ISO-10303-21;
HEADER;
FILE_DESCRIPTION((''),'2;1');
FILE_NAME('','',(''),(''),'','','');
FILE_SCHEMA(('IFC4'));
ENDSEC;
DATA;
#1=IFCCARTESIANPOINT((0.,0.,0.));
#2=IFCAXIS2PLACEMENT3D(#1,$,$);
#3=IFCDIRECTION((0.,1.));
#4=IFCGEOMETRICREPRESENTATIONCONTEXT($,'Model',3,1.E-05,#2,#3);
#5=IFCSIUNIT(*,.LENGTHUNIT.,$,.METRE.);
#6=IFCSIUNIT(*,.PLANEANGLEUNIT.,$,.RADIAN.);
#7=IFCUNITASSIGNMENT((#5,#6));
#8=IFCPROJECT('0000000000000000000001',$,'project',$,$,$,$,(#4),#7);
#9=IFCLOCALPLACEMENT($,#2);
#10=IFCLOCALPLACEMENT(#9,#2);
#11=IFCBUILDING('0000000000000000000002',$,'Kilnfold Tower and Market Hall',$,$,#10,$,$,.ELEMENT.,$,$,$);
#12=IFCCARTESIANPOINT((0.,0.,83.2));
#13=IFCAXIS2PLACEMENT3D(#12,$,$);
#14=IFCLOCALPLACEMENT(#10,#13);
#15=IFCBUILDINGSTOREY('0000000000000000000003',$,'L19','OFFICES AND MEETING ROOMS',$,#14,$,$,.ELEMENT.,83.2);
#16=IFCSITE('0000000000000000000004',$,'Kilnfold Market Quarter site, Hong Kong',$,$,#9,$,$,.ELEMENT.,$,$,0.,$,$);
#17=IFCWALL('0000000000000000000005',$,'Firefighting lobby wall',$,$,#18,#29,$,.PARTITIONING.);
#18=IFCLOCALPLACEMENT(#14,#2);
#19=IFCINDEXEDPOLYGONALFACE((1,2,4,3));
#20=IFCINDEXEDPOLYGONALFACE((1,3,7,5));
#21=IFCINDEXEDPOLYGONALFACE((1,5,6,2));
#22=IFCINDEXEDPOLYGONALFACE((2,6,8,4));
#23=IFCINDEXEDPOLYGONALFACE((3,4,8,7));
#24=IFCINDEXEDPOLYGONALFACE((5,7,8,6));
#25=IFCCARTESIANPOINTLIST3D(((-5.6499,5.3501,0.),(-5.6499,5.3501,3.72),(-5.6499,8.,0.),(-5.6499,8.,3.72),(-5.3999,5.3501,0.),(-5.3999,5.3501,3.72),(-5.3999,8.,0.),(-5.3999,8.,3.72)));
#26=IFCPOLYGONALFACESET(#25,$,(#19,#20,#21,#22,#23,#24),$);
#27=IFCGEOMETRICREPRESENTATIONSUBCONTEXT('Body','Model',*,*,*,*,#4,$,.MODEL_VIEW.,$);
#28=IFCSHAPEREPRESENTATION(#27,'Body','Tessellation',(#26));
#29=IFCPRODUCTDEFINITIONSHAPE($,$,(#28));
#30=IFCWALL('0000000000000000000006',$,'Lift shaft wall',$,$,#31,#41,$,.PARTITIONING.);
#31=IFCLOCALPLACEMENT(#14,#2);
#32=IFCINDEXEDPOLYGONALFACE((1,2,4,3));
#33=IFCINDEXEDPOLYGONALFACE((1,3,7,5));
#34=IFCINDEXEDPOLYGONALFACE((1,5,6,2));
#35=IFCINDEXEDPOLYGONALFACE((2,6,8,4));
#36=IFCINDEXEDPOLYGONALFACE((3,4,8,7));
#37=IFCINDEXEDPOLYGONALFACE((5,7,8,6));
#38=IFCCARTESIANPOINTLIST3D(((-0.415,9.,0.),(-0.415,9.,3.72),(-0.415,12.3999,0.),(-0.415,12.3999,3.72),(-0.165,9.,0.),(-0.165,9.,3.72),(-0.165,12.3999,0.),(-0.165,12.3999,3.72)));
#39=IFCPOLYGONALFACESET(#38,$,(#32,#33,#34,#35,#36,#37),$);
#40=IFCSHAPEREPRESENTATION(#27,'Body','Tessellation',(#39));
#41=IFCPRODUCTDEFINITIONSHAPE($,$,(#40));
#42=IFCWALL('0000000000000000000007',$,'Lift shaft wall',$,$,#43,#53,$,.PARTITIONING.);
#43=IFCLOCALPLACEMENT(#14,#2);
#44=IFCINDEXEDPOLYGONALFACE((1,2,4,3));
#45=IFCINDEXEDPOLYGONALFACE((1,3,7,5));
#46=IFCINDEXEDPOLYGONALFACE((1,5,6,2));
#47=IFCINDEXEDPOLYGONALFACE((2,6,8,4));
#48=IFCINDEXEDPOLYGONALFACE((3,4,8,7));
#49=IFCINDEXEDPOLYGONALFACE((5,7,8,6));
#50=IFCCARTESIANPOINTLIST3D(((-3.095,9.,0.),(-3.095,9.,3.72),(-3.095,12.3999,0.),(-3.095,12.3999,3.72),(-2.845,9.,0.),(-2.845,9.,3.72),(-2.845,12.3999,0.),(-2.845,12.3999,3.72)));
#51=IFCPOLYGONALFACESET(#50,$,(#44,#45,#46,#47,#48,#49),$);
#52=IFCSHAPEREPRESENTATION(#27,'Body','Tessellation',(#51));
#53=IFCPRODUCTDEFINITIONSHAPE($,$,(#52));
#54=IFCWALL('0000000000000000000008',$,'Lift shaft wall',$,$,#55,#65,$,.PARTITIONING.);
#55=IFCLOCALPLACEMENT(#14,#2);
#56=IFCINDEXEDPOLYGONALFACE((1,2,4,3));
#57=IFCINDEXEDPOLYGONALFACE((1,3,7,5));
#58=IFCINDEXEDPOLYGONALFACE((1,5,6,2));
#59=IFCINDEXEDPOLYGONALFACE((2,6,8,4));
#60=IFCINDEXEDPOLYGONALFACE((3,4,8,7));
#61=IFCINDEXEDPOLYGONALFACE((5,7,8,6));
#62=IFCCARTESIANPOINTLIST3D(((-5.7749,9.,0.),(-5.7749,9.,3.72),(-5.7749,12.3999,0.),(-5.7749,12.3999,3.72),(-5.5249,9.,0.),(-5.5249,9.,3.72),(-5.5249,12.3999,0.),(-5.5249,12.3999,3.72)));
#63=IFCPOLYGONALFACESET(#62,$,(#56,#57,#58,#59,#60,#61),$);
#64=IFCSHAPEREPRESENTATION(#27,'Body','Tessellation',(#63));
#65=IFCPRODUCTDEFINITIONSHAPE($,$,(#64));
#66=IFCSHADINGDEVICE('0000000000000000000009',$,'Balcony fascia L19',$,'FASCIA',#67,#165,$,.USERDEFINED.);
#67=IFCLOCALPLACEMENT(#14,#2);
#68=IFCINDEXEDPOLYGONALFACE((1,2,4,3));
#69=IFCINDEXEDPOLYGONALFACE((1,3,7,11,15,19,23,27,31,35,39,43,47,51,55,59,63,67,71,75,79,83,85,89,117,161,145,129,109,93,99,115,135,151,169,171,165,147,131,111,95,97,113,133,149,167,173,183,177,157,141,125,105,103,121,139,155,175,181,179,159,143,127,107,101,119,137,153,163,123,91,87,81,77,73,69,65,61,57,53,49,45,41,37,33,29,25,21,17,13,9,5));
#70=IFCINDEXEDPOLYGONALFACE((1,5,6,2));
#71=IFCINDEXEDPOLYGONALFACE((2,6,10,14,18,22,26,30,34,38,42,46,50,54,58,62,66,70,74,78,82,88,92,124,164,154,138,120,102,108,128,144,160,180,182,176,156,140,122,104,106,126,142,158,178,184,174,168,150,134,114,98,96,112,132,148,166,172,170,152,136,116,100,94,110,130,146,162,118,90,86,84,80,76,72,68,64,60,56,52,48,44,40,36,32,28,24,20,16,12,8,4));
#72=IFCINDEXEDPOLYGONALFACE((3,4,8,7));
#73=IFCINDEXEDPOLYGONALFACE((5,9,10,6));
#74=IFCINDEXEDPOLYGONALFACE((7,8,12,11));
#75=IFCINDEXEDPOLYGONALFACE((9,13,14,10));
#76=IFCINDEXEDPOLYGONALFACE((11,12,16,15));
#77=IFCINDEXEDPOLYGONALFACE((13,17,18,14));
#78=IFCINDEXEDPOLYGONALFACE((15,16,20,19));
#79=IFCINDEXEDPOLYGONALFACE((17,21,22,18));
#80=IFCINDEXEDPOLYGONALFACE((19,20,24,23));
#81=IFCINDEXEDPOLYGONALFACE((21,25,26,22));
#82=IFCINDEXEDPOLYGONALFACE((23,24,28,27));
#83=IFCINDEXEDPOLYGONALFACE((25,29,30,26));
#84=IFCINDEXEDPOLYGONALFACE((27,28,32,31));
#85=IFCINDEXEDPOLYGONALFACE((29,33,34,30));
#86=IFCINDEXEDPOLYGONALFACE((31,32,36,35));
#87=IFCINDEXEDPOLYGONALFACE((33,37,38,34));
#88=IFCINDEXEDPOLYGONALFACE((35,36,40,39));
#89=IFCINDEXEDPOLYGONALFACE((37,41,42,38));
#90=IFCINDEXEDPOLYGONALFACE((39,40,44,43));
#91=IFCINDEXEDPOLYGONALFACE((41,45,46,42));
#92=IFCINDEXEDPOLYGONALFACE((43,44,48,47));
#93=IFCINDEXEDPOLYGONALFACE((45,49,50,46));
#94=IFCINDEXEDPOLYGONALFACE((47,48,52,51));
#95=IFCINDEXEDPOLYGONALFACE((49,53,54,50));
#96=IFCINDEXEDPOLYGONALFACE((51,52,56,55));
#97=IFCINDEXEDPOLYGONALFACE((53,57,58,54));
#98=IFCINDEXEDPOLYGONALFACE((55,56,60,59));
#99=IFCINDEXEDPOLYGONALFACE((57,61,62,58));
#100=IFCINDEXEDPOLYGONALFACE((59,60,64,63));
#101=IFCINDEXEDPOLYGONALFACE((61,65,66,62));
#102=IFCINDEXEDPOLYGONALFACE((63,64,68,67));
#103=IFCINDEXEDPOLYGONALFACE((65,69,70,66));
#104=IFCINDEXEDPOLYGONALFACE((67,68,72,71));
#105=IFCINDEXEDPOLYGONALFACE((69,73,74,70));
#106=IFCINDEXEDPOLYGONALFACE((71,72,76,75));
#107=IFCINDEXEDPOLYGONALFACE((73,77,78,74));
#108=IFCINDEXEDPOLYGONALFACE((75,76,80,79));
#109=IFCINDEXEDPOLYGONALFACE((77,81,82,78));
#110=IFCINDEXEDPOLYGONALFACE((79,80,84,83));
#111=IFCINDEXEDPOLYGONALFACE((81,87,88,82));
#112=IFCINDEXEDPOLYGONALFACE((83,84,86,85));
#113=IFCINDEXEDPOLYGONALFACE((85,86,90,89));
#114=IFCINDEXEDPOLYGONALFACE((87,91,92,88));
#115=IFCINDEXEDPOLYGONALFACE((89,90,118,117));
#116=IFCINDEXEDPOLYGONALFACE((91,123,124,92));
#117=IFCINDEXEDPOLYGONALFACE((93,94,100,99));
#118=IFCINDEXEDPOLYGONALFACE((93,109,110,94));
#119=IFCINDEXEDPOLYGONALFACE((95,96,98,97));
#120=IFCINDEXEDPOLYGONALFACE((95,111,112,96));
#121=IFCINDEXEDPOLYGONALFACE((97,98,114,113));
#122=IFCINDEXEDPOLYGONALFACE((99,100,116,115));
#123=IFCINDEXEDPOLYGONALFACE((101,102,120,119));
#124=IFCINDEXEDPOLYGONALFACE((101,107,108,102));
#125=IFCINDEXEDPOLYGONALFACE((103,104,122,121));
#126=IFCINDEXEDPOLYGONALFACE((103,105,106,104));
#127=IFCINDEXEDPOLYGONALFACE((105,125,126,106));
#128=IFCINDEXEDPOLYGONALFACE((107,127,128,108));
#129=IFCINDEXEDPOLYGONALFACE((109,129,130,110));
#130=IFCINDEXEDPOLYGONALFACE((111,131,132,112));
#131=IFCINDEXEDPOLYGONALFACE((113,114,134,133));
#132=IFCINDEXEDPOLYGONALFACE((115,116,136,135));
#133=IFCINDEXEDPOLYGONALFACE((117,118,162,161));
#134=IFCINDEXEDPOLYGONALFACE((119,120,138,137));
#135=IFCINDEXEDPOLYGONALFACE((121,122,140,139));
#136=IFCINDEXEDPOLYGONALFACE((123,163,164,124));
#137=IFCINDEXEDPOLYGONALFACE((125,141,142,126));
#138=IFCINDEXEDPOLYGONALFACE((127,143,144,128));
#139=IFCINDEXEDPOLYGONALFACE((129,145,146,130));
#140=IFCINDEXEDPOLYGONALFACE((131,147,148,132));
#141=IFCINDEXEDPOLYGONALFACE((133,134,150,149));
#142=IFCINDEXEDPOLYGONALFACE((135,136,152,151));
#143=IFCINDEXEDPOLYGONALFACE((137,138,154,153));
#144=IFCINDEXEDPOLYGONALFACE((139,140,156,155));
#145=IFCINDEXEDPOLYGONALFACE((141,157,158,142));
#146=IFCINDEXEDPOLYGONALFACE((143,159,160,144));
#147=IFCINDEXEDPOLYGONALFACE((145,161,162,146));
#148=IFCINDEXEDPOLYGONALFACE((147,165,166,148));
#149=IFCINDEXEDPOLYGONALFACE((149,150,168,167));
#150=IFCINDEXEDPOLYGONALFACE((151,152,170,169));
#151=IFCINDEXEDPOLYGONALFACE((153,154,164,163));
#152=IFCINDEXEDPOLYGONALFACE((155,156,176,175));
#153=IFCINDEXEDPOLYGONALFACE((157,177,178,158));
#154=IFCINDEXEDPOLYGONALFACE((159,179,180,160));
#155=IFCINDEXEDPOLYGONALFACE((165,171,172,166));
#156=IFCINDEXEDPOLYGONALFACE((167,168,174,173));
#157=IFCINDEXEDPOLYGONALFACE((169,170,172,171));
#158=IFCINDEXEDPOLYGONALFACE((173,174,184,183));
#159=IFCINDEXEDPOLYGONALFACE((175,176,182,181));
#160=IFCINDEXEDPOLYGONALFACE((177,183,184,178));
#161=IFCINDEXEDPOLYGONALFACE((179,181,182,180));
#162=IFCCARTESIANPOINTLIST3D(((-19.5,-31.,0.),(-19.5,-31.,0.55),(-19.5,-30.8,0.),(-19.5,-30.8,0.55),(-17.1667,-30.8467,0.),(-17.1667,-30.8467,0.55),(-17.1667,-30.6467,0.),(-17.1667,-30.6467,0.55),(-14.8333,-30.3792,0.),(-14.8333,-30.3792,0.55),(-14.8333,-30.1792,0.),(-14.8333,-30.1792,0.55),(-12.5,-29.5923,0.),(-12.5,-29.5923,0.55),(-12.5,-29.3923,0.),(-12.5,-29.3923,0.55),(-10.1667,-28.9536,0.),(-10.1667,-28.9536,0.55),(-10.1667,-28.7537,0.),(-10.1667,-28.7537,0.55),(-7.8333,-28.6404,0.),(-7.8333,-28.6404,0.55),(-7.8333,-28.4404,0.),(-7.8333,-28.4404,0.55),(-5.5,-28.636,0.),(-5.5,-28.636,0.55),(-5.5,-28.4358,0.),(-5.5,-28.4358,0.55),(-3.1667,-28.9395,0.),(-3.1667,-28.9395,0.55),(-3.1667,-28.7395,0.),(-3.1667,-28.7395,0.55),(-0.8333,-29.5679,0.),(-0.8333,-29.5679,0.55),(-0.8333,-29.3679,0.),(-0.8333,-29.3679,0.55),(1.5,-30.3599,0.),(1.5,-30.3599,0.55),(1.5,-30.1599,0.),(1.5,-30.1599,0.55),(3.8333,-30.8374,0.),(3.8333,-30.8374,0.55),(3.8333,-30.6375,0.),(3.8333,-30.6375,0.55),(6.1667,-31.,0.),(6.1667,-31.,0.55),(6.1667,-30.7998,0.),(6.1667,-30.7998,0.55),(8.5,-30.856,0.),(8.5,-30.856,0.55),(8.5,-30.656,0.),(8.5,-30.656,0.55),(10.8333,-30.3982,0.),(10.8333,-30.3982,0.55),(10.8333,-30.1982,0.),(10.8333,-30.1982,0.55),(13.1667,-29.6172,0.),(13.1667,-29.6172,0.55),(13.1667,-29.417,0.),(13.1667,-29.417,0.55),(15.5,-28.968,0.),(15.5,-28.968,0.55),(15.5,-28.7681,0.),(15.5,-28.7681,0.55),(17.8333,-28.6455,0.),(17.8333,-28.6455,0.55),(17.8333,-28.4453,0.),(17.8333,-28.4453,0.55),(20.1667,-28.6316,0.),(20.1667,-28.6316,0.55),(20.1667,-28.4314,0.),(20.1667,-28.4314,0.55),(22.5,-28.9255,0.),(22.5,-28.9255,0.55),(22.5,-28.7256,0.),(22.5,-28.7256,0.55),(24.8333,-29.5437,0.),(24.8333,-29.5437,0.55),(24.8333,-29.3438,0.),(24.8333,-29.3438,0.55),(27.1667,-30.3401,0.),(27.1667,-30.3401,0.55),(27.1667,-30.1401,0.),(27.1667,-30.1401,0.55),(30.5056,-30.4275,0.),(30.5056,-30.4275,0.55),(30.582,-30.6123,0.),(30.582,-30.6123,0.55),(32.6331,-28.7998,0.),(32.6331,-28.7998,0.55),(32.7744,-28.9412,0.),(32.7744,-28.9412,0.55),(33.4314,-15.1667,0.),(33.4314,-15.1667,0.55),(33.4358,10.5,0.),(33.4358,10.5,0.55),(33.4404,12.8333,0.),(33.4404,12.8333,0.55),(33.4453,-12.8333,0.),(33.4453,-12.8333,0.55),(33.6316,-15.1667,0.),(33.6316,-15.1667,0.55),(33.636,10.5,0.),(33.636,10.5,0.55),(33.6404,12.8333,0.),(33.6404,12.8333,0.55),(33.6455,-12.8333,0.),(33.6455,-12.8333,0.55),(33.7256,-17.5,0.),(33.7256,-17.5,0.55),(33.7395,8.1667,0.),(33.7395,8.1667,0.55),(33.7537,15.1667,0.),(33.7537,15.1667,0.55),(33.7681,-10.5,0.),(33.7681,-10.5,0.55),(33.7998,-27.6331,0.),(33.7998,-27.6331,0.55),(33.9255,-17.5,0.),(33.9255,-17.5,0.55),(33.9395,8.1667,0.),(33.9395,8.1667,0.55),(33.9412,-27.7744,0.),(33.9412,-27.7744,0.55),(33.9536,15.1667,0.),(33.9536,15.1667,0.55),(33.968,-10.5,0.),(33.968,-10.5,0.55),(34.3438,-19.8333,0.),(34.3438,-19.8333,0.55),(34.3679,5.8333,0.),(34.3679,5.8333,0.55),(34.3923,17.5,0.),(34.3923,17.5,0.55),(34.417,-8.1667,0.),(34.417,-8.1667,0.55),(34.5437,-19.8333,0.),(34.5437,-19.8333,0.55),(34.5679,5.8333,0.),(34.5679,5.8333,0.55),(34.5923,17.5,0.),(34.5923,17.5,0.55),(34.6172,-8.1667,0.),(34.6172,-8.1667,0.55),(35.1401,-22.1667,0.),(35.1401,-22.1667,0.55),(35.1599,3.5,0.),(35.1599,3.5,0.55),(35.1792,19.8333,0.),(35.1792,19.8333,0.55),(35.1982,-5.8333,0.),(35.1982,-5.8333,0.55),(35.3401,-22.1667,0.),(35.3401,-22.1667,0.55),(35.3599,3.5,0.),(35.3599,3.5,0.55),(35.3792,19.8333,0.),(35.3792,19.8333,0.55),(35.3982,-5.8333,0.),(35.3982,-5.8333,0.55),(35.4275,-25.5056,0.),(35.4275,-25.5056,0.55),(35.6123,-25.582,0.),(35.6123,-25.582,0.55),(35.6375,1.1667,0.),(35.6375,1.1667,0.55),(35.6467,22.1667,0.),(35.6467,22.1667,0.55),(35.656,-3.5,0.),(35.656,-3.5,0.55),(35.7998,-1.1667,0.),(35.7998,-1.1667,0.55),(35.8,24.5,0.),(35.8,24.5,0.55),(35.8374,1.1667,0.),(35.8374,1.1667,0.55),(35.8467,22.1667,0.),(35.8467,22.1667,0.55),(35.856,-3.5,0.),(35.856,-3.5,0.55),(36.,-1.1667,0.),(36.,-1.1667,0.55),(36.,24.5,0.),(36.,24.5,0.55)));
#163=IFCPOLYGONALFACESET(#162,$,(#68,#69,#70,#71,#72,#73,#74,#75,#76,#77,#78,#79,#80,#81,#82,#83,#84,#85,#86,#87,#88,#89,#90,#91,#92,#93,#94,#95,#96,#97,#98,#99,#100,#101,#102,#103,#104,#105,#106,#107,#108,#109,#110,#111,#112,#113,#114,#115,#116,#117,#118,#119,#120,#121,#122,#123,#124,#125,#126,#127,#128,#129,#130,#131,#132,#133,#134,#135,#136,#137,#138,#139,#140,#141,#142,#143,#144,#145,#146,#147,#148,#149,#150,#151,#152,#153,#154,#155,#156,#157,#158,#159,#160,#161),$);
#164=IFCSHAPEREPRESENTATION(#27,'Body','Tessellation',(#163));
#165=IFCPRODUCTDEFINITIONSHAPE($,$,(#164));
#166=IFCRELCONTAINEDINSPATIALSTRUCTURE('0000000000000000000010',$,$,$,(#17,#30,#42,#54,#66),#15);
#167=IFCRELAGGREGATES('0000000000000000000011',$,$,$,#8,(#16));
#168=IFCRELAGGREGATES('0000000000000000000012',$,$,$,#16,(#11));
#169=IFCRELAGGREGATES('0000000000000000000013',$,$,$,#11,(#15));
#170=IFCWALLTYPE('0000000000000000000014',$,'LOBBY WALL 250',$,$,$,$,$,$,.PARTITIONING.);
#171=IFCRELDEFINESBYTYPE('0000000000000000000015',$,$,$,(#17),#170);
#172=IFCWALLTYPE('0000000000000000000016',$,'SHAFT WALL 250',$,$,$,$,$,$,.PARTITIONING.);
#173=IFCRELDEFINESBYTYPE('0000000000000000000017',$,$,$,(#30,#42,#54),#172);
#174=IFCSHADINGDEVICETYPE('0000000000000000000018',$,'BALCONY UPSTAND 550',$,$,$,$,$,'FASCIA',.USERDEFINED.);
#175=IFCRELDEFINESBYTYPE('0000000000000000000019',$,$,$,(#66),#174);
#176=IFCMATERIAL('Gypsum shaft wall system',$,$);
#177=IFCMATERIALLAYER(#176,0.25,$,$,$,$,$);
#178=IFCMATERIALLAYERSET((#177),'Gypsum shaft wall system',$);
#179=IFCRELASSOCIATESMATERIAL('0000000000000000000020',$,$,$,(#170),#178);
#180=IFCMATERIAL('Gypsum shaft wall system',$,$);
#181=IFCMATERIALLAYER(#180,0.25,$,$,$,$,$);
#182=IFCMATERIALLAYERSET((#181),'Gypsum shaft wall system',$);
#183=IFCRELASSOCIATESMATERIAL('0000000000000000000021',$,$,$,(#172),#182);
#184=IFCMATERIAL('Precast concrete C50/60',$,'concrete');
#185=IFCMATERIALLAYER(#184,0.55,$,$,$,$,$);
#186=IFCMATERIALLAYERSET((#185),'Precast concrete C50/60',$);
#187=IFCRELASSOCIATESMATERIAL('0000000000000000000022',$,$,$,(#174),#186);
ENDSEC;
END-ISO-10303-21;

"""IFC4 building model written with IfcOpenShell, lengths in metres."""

from ifc_helpers import new_model, si_unit, direction, frame, frame_2d, origin, place, context, subcontext, project, spatial, polyline, rectangle, outline, extrude, source, transform, mapped, material, layer, layer_set, type_object, element, save


model = new_model("IFC4")

# Units and contexts
model_context = context("Model", 3, precision=1e-05, world=origin(), true_north=direction((0.0, 1.0)))
body_context = subcontext(model_context, "Body", "Model", "MODEL_VIEW")
ifc_project = project(units=[si_unit("LENGTHUNIT", "METRE"), si_unit("PLANEANGLEUNIT", "RADIAN")], contexts=[model_context])

# Site, building, storey
site_placement = place(None, origin())
site = spatial("IfcSite", under=ifc_project, at=site_placement, Name="Kilnfold Market Quarter site, Hong Kong", CompositionType="ELEMENT", RefElevation=0.0)
building_placement = place(site_placement, origin())
building = spatial("IfcBuilding", under=site, at=building_placement, Name="Kilnfold Tower and Market Hall", CompositionType="ELEMENT")
storey_placement = place(building_placement, frame((0.0, 0.0, 83.2)))
storey = spatial("IfcBuildingStorey", under=building, at=storey_placement, Name="L19", Description="OFFICES AND MEETING ROOMS", CompositionType="ELEMENT", Elevation=83.2)

# Walls
ifc_material_1 = material(Name="Gypsum shaft wall system")
ifc_layer_1 = layer(ifc_material_1, 0.25)
ifc_layer_set_1 = layer_set([ifc_layer_1], Name="Gypsum shaft wall system")
wall_type_1 = type_object("IfcWallType", Name="LOBBY WALL 250", PredefinedType="PARTITIONING", material=ifc_layer_set_1)
shared_shape_1 = source(origin(), body_context, "Body", "SweptSolid", [
    extrude(rectangle(XDim=2.6499, YDim=0.25, at=frame_2d((1.325, 0.0))), origin(), (0.0, 0.0, 1.0), 3.72),
])
wall_1_placement = place(storey_placement, frame((-5.5249, 5.3501, 0.0), z_axis=(0.0, 0.0, 1.0), x_axis=(0.0, 1.0, 0.0)))
element("IfcWall", 1, at=wall_1_placement, inside=storey, type_object=wall_type_1, Name="Firefighting lobby wall", PredefinedType="PARTITIONING", context=body_context, shape_type="MappedRepresentation", body=[
    mapped(shared_shape_1, transform((0.0, 0.0, 0.0))),
])
ifc_material_2 = material(Name="Gypsum shaft wall system")
ifc_layer_2 = layer(ifc_material_2, 0.25)
ifc_layer_set_2 = layer_set([ifc_layer_2], Name="Gypsum shaft wall system")
wall_type_2 = type_object("IfcWallType", Name="SHAFT WALL 250", PredefinedType="PARTITIONING", material=ifc_layer_set_2)
shared_shape_2 = source(origin(), body_context, "Body", "SweptSolid", [
    extrude(rectangle(XDim=3.3999, YDim=0.25, at=frame_2d((1.7, 0.0))), origin(), (0.0, 0.0, 1.0), 3.72),
])
for number, where, z_axis, x_axis, name in (
    (2, (-0.29, 9.0, 0.0), (0.0, 0.0, 1.0), (0.0, 1.0, 0.0), "Lift shaft wall"),
    (3, (-2.97, 9.0, 0.0), (0.0, 0.0, 1.0), (0.0, 1.0, 0.0), "Lift shaft wall"),
    (4, (-5.6499, 9.0, 0.0), (0.0, 0.0, 1.0), (0.0, 1.0, 0.0), "Lift shaft wall"),
):
    element("IfcWall", number, at=place(storey_placement, frame(where, z_axis=z_axis, x_axis=x_axis)), inside=storey, type_object=wall_type_2, Name=name, PredefinedType="PARTITIONING", context=body_context, shape_type="MappedRepresentation", body=[
        mapped(shared_shape_2, transform((0.0, 0.0, 0.0))),
    ])

# Shading device
ifc_material_3 = material(Name="Precast concrete C50/60", Category="concrete")
ifc_layer_3 = layer(ifc_material_3, 0.55)
ifc_layer_set_3 = layer_set([ifc_layer_3], Name="Precast concrete C50/60")
shading_device_type_1 = type_object("IfcShadingDeviceType", Name="BALCONY UPSTAND 550", ElementType="FASCIA", PredefinedType="USERDEFINED", material=ifc_layer_set_3)
shared_shape_3 = source(origin(), body_context, "Body", "SweptSolid", [
    extrude(outline(polyline([(-19.5, -31.0), (-17.1667, -30.8467), (-14.8333, -30.3792), (-12.5, -29.5923), (-10.1667, -28.9536), (-7.8333, -28.6404), (-5.5, -28.636), (-3.1667, -28.9395), (-0.8333, -29.5679), (1.5, -30.3599), (3.8333, -30.8374), (6.1667, -31.0), (8.5, -30.856), (10.8333, -30.3982), (13.1667, -29.6172), (15.5, -28.968), (17.8333, -28.6455), (20.1667, -28.6316), (22.5, -28.9255), (24.8333, -29.5437), (27.1667, -30.3401), (30.582, -30.6123), (32.7744, -28.9412), (33.9412, -27.7744), (35.6123, -25.582), (35.3401, -22.1667), (34.5437, -19.8333), (33.9255, -17.5), (33.6316, -15.1667), (33.6455, -12.8333), (33.968, -10.5), (34.6172, -8.1667), (35.3982, -5.8333), (35.856, -3.5), (36.0, -1.1667), (35.8374, 1.1667), (35.3599, 3.5), (34.5679, 5.8333), (33.9395, 8.1667), (33.636, 10.5), (33.6404, 12.8333), (33.9536, 15.1667), (34.5923, 17.5), (35.3792, 19.8333), (35.8467, 22.1667), (36.0, 24.5), (35.8, 24.5), (35.6467, 22.1667), (35.1792, 19.8333), (34.3923, 17.5), (33.7537, 15.1667), (33.4404, 12.8333), (33.4358, 10.5), (33.7395, 8.1667), (34.3679, 5.8333), (35.1599, 3.5), (35.6375, 1.1667), (35.7998, -1.1667), (35.656, -3.5), (35.1982, -5.8333), (34.417, -8.1667), (33.7681, -10.5), (33.4453, -12.8333), (33.4314, -15.1667), (33.7256, -17.5), (34.3438, -19.8333), (35.1401, -22.1667), (35.4275, -25.5056), (33.7998, -27.6331), (32.6331, -28.7998), (30.5056, -30.4275), (27.1667, -30.1401), (24.8333, -29.3438), (22.5, -28.7256), (20.1667, -28.4314), (17.8333, -28.4453), (15.5, -28.7681), (13.1667, -29.417), (10.8333, -30.1982), (8.5, -30.656), (6.1667, -30.7998), (3.8333, -30.6375), (1.5, -30.1599), (-0.8333, -29.3679), (-3.1667, -28.7395), (-5.5, -28.4358), (-7.8333, -28.4404), (-10.1667, -28.7537), (-12.5, -29.3923), (-14.8333, -30.1792), (-17.1667, -30.6467), (-19.5, -30.8), (-19.5, -31.0)])), origin(), (0.0, 0.0, 1.0), 0.55),
])
shading_device_1_placement = place(storey_placement, origin())
element("IfcShadingDevice", 5, at=shading_device_1_placement, inside=storey, type_object=shading_device_type_1, Name="Balcony fascia L19", ObjectType="FASCIA", PredefinedType="USERDEFINED", context=body_context, shape_type="MappedRepresentation", body=[
    mapped(shared_shape_3, transform((0.0, 0.0, 0.0))),
])

save(model, "model.ifc")
